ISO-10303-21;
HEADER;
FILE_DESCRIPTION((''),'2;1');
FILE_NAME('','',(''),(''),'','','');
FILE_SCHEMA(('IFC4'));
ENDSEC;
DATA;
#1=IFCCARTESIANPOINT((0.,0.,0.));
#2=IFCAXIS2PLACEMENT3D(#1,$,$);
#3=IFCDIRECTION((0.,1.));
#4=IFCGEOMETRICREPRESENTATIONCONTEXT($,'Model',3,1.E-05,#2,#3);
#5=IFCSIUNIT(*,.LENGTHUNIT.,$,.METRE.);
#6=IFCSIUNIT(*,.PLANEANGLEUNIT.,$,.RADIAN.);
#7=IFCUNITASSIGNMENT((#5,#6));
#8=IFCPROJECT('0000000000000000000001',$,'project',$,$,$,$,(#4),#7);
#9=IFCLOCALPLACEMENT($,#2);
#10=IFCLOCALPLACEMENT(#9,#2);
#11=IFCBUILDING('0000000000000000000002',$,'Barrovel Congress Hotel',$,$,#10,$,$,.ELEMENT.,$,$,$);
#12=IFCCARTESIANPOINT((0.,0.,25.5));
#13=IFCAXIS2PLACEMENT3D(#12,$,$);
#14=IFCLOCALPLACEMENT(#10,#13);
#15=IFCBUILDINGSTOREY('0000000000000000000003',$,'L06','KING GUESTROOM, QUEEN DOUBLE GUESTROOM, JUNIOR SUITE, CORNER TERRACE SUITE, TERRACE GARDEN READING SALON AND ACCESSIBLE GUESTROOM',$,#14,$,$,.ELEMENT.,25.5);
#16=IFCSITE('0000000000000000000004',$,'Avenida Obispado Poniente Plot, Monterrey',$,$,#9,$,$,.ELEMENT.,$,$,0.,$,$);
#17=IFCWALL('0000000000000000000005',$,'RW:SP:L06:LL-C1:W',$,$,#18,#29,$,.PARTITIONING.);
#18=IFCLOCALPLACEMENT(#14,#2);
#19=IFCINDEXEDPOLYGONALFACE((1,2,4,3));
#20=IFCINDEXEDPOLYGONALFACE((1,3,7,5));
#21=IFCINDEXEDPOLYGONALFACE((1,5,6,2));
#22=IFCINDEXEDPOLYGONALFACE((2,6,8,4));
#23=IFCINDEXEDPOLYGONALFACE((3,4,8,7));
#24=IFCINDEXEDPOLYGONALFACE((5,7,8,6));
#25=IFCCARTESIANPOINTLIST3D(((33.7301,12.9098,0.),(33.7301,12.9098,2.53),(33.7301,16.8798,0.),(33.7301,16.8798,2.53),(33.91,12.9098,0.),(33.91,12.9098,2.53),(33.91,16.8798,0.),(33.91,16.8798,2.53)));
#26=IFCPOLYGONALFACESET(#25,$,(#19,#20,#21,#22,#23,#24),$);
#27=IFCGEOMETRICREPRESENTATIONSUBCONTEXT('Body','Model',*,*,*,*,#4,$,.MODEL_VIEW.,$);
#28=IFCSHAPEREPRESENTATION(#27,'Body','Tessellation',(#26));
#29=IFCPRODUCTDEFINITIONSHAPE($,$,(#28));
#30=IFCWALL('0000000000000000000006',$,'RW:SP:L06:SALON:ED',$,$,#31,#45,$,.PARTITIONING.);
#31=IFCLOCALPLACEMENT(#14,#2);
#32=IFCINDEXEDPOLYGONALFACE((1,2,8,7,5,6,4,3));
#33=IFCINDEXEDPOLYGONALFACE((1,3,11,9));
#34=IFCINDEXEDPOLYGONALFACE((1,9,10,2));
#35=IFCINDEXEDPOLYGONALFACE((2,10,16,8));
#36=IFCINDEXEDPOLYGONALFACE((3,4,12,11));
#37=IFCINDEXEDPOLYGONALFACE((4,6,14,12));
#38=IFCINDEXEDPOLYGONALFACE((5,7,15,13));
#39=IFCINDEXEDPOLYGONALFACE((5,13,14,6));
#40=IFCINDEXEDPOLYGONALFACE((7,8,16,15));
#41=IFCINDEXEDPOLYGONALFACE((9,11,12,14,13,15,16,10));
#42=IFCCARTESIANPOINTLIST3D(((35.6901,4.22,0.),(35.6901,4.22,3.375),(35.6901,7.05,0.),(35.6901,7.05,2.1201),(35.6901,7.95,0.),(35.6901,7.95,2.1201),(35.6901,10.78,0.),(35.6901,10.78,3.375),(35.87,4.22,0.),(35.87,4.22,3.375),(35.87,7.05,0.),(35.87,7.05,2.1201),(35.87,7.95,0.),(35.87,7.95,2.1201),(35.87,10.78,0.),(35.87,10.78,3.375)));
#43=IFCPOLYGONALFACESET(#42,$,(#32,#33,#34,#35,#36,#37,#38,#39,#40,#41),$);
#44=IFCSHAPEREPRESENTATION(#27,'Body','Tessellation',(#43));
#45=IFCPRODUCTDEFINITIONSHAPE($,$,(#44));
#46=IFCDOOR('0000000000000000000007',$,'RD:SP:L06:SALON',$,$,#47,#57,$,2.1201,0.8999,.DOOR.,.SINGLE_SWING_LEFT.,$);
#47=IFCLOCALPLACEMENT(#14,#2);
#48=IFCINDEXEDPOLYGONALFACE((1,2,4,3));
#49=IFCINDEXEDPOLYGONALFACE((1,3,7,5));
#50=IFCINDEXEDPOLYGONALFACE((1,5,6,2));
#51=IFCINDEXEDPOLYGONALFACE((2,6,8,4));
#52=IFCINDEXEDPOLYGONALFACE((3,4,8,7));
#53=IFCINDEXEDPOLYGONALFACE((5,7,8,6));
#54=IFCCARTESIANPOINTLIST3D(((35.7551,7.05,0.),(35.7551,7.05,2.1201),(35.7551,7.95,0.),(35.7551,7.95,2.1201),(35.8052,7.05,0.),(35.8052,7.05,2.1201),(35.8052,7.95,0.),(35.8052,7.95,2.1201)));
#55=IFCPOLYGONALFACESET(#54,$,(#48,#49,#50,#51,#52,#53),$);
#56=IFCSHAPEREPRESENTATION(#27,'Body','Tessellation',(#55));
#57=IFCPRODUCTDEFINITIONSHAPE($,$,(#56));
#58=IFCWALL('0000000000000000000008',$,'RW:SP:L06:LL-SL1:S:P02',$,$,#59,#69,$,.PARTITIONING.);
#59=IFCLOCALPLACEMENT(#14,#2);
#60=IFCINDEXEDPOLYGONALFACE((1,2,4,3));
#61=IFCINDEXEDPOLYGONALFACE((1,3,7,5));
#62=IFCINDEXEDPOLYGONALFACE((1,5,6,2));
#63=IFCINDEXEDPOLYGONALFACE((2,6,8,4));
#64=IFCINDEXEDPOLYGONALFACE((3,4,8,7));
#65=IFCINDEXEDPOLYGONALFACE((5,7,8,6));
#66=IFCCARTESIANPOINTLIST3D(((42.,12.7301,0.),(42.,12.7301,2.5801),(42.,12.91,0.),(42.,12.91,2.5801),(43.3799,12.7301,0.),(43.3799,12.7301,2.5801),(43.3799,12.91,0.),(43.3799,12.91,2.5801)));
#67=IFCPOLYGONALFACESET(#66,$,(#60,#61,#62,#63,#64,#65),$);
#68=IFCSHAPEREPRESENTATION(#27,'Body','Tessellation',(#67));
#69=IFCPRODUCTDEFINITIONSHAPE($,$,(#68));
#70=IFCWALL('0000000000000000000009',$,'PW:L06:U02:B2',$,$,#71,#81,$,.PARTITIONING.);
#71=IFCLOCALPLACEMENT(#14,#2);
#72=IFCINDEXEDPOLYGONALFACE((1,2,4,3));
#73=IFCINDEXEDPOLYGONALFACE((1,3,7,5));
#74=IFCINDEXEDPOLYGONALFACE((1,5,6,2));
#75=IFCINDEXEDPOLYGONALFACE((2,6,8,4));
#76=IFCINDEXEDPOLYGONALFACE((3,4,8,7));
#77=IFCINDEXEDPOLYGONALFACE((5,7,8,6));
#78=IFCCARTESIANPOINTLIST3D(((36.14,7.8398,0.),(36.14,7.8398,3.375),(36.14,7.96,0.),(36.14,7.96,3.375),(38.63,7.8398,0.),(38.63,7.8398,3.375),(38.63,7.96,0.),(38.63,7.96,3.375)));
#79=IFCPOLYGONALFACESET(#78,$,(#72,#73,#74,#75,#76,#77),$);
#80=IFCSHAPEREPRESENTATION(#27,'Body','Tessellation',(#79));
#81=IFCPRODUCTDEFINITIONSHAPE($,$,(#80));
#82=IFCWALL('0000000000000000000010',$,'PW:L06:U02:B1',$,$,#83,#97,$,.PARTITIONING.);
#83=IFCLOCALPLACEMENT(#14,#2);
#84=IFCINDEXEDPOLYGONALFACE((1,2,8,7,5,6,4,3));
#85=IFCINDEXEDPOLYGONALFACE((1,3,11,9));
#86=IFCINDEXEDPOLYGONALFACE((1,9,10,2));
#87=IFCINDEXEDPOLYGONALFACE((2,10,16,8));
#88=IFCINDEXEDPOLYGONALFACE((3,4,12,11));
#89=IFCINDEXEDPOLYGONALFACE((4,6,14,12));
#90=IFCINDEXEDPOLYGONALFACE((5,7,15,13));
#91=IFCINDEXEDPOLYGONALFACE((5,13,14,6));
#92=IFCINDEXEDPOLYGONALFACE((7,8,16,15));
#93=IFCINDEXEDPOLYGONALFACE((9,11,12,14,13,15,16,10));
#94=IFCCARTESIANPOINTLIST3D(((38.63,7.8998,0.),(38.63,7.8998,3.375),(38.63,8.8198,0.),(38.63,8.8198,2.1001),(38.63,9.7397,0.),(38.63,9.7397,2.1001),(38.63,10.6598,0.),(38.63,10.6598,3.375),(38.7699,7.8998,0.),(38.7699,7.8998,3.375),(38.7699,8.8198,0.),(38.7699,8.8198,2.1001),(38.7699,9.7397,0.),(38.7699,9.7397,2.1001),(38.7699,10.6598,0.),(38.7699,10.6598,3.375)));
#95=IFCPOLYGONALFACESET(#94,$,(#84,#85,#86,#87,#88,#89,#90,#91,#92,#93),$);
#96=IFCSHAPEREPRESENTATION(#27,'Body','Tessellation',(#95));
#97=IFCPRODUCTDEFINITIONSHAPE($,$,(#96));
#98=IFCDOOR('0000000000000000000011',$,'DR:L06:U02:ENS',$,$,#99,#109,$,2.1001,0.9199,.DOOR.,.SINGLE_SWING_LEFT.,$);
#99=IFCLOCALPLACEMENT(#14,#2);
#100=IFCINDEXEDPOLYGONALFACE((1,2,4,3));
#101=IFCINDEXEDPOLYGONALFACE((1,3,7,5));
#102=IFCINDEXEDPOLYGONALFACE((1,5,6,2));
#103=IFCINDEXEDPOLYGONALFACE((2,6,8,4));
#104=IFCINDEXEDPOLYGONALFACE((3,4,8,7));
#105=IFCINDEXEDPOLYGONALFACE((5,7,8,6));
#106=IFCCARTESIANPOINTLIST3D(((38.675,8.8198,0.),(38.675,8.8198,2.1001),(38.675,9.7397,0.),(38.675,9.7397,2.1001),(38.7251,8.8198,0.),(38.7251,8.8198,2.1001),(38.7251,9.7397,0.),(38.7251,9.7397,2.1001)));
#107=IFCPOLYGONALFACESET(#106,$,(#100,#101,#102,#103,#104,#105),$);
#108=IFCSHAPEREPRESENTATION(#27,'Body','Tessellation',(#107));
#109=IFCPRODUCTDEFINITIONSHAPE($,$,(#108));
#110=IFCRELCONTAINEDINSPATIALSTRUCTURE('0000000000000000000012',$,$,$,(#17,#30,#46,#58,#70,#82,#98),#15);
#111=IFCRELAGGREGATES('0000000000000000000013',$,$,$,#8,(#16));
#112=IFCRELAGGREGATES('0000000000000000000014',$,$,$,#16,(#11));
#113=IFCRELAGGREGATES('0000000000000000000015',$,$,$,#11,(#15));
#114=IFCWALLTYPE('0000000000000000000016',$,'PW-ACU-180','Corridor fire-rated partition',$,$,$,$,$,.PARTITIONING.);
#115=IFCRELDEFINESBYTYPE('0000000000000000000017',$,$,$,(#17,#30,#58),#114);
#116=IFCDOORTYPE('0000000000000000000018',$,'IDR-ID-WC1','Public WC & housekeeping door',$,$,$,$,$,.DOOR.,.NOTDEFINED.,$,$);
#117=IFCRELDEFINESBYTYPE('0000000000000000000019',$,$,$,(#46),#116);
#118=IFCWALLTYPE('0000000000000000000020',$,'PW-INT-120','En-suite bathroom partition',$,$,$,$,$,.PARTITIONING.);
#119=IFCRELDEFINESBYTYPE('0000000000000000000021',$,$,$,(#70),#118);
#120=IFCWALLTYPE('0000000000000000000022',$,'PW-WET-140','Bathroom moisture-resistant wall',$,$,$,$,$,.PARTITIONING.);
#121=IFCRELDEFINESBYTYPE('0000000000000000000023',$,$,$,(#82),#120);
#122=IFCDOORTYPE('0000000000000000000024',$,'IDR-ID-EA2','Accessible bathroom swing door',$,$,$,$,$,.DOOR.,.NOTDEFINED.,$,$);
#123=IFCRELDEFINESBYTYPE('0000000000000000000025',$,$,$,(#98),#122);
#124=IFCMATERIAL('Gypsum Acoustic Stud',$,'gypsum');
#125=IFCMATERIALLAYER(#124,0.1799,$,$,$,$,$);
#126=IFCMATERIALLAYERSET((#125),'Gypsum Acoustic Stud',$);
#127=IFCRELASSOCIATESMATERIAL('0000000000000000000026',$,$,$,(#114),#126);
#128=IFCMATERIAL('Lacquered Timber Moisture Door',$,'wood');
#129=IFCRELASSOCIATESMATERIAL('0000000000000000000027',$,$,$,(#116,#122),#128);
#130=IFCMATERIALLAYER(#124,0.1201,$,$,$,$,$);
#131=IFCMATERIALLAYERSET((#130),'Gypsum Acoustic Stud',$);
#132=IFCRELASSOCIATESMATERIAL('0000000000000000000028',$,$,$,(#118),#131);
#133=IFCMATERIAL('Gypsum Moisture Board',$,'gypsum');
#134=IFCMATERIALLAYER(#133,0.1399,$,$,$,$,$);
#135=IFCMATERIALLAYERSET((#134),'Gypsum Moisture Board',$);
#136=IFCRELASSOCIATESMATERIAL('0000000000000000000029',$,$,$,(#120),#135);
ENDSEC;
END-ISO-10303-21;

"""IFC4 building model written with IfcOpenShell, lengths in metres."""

from ifc_helpers import new_model, si_unit, direction, frame, frame_2d, origin, place, context, subcontext, project, spatial, rectangle, extrude, material, layer, layer_set, type_object, element, fill, save


model = new_model("IFC4")

# Units and contexts
model_context = context("Model", 3, precision=1e-05, world=origin(), true_north=direction((0.0, 1.0)))
body_context = subcontext(model_context, "Body", "Model", "MODEL_VIEW")
ifc_project = project(units=[si_unit("LENGTHUNIT", "METRE"), si_unit("PLANEANGLEUNIT", "RADIAN")], contexts=[model_context])

# Site, building, storey
site_placement = place(None, origin())
site = spatial("IfcSite", under=ifc_project, at=site_placement, Name="Avenida Obispado Poniente Plot, Monterrey", CompositionType="ELEMENT", RefElevation=0.0)
building_placement = place(site_placement, origin())
building = spatial("IfcBuilding", under=site, at=building_placement, Name="Barrovel Congress Hotel", CompositionType="ELEMENT")
storey_placement = place(building_placement, frame((0.0, 0.0, 25.5)))
storey = spatial("IfcBuildingStorey", under=building, at=storey_placement, Name="L06", Description="KING GUESTROOM, QUEEN DOUBLE GUESTROOM, JUNIOR SUITE, CORNER TERRACE SUITE, TERRACE GARDEN READING SALON AND ACCESSIBLE GUESTROOM", CompositionType="ELEMENT", Elevation=25.5)

# Shared definitions
ifc_material_1 = material(Name="Gypsum Acoustic Stud", Category="gypsum")
ifc_layer_1 = layer(ifc_material_1, 0.1799)
ifc_layer_set_1 = layer_set([ifc_layer_1], Name="Gypsum Acoustic Stud")
wall_type_1 = type_object("IfcWallType", Name="PW-ACU-180", Description="Corridor fire-rated partition", PredefinedType="PARTITIONING", material=ifc_layer_set_1)

# Wall
wall_1_placement = place(storey_placement, frame((33.8201, 12.9099, 0.0), z_axis=(0.0, 0.0, 1.0), x_axis=(0.0, 1.0, 0.0)))
element("IfcWall", 1, at=wall_1_placement, inside=storey, type_object=wall_type_1, Name="RW:SP:L06:LL-C1:W", PredefinedType="PARTITIONING", context=body_context, shape_type="SweptSolid", body=[
    extrude(rectangle(XDim=3.97, YDim=0.1799, at=frame_2d((1.9849, 0.0))), origin(), (0.0, 0.0, 1.0), 2.53),
])

# Wall, opening, door
wall_2_placement = place(storey_placement, frame((35.78, 4.22, 0.0), z_axis=(0.0, 0.0, 1.0), x_axis=(0.0, 1.0, 0.0)))
wall_2 = element("IfcWall", 2, at=wall_2_placement, inside=storey, type_object=wall_type_1, Name="RW:SP:L06:SALON:ED", PredefinedType="PARTITIONING", context=body_context, shape_type="SweptSolid", body=[
    extrude(rectangle(XDim=6.5601, YDim=0.1799, at=frame_2d((3.28, 0.0))), origin(), (0.0, 0.0, 1.0), 3.375),
])
opening_1_placement = place(wall_2_placement, frame((2.8301, 0.0, 0.0)))
opening_1 = element("IfcOpeningElement", 3, at=opening_1_placement, cuts=wall_2, PredefinedType="OPENING", context=body_context, shape_type="SweptSolid", body=[
    extrude(rectangle(XDim=0.8999, YDim=2.1201, at=frame_2d((0.45, 1.0601))), frame((0.0, 0.1001, 0.0), z_axis=(0.0, -1.0, 0.0), x_axis=(1.0, 0.0, 0.0)), (0.0, 0.0, 1.0), 0.2),
])
ifc_material_2 = material(Name="Lacquered Timber Moisture Door", Category="wood")
door_type_1 = type_object("IfcDoorType", Name="IDR-ID-WC1", Description="Public WC & housekeeping door", OperationType="NOTDEFINED", PredefinedType="DOOR", material=ifc_material_2)
door_1_placement = place(opening_1_placement, origin())
door_1 = element("IfcDoor", 4, at=door_1_placement, inside=storey, type_object=door_type_1, Name="RD:SP:L06:SALON", OperationType="SINGLE_SWING_LEFT", OverallHeight=2.1201, OverallWidth=0.8999, PredefinedType="DOOR", context=body_context, shape_type="SweptSolid", body=[
    extrude(rectangle(XDim=0.8999, YDim=2.1201, at=frame_2d((0.45, 1.0601))), frame((0.0, 0.0249, 0.0), z_axis=(0.0, -1.0, 0.0), x_axis=(1.0, 0.0, 0.0)), (0.0, 0.0, 1.0), 0.05),
])
fill(opening_1, door_1)

# Walls
wall_3_placement = place(storey_placement, frame((42.0, 12.8201, 0.0), z_axis=(0.0, 0.0, 1.0), x_axis=(1.0, 0.0, 0.0)))
element("IfcWall", 5, at=wall_3_placement, inside=storey, type_object=wall_type_1, Name="RW:SP:L06:LL-SL1:S:P02", PredefinedType="PARTITIONING", context=body_context, shape_type="SweptSolid", body=[
    extrude(rectangle(XDim=1.3799, YDim=0.1799, at=frame_2d((0.6899, 0.0))), origin(), (0.0, 0.0, 1.0), 2.5801),
])
ifc_layer_2 = layer(ifc_material_1, 0.1201)
ifc_layer_set_2 = layer_set([ifc_layer_2], Name="Gypsum Acoustic Stud")
wall_type_2 = type_object("IfcWallType", Name="PW-INT-120", Description="En-suite bathroom partition", PredefinedType="PARTITIONING", material=ifc_layer_set_2)
wall_4_placement = place(storey_placement, frame((36.1399, 7.8999, 0.0), z_axis=(0.0, 0.0, 1.0), x_axis=(1.0, 0.0, 0.0)))
element("IfcWall", 6, at=wall_4_placement, inside=storey, type_object=wall_type_2, Name="PW:L06:U02:B2", PredefinedType="PARTITIONING", context=body_context, shape_type="SweptSolid", body=[
    extrude(rectangle(XDim=2.49, YDim=0.1201, at=frame_2d((1.2451, 0.0))), origin(), (0.0, 0.0, 1.0), 3.375),
])

# Wall, opening, door
ifc_material_3 = material(Name="Gypsum Moisture Board", Category="gypsum")
ifc_layer_3 = layer(ifc_material_3, 0.1399)
ifc_layer_set_3 = layer_set([ifc_layer_3], Name="Gypsum Moisture Board")
wall_type_3 = type_object("IfcWallType", Name="PW-WET-140", Description="Bathroom moisture-resistant wall", PredefinedType="PARTITIONING", material=ifc_layer_set_3)
wall_5_placement = place(storey_placement, frame((38.7, 7.8999, 0.0), z_axis=(0.0, 0.0, 1.0), x_axis=(0.0, 1.0, 0.0)))
wall_5 = element("IfcWall", 7, at=wall_5_placement, inside=storey, type_object=wall_type_3, Name="PW:L06:U02:B1", PredefinedType="PARTITIONING", context=body_context, shape_type="SweptSolid", body=[
    extrude(rectangle(XDim=2.76, YDim=0.1399, at=frame_2d((1.3799, 0.0))), origin(), (0.0, 0.0, 1.0), 3.375),
])
opening_2_placement = place(wall_5_placement, frame((0.9199, 0.0, 0.0)))
opening_2 = element("IfcOpeningElement", 8, at=opening_2_placement, cuts=wall_5, PredefinedType="OPENING", context=body_context, shape_type="SweptSolid", body=[
    extrude(rectangle(XDim=0.9199, YDim=2.1001, at=frame_2d((0.46, 1.05))), frame((0.0, 0.0801, 0.0), z_axis=(0.0, -1.0, 0.0), x_axis=(1.0, 0.0, 0.0)), (0.0, 0.0, 1.0), 0.1599),
])
door_type_2 = type_object("IfcDoorType", Name="IDR-ID-EA2", Description="Accessible bathroom swing door", OperationType="NOTDEFINED", PredefinedType="DOOR", material=ifc_material_2)
door_2_placement = place(opening_2_placement, origin())
door_2 = element("IfcDoor", 9, at=door_2_placement, inside=storey, type_object=door_type_2, Name="DR:L06:U02:ENS", OperationType="SINGLE_SWING_LEFT", OverallHeight=2.1001, OverallWidth=0.9199, PredefinedType="DOOR", context=body_context, shape_type="SweptSolid", body=[
    extrude(rectangle(XDim=0.9199, YDim=2.1001, at=frame_2d((0.46, 1.05))), frame((0.0, 0.0249, 0.0), z_axis=(0.0, -1.0, 0.0), x_axis=(1.0, 0.0, 0.0)), (0.0, 0.0, 1.0), 0.05),
])
fill(opening_2, door_2)

save(model, "model.ifc")
